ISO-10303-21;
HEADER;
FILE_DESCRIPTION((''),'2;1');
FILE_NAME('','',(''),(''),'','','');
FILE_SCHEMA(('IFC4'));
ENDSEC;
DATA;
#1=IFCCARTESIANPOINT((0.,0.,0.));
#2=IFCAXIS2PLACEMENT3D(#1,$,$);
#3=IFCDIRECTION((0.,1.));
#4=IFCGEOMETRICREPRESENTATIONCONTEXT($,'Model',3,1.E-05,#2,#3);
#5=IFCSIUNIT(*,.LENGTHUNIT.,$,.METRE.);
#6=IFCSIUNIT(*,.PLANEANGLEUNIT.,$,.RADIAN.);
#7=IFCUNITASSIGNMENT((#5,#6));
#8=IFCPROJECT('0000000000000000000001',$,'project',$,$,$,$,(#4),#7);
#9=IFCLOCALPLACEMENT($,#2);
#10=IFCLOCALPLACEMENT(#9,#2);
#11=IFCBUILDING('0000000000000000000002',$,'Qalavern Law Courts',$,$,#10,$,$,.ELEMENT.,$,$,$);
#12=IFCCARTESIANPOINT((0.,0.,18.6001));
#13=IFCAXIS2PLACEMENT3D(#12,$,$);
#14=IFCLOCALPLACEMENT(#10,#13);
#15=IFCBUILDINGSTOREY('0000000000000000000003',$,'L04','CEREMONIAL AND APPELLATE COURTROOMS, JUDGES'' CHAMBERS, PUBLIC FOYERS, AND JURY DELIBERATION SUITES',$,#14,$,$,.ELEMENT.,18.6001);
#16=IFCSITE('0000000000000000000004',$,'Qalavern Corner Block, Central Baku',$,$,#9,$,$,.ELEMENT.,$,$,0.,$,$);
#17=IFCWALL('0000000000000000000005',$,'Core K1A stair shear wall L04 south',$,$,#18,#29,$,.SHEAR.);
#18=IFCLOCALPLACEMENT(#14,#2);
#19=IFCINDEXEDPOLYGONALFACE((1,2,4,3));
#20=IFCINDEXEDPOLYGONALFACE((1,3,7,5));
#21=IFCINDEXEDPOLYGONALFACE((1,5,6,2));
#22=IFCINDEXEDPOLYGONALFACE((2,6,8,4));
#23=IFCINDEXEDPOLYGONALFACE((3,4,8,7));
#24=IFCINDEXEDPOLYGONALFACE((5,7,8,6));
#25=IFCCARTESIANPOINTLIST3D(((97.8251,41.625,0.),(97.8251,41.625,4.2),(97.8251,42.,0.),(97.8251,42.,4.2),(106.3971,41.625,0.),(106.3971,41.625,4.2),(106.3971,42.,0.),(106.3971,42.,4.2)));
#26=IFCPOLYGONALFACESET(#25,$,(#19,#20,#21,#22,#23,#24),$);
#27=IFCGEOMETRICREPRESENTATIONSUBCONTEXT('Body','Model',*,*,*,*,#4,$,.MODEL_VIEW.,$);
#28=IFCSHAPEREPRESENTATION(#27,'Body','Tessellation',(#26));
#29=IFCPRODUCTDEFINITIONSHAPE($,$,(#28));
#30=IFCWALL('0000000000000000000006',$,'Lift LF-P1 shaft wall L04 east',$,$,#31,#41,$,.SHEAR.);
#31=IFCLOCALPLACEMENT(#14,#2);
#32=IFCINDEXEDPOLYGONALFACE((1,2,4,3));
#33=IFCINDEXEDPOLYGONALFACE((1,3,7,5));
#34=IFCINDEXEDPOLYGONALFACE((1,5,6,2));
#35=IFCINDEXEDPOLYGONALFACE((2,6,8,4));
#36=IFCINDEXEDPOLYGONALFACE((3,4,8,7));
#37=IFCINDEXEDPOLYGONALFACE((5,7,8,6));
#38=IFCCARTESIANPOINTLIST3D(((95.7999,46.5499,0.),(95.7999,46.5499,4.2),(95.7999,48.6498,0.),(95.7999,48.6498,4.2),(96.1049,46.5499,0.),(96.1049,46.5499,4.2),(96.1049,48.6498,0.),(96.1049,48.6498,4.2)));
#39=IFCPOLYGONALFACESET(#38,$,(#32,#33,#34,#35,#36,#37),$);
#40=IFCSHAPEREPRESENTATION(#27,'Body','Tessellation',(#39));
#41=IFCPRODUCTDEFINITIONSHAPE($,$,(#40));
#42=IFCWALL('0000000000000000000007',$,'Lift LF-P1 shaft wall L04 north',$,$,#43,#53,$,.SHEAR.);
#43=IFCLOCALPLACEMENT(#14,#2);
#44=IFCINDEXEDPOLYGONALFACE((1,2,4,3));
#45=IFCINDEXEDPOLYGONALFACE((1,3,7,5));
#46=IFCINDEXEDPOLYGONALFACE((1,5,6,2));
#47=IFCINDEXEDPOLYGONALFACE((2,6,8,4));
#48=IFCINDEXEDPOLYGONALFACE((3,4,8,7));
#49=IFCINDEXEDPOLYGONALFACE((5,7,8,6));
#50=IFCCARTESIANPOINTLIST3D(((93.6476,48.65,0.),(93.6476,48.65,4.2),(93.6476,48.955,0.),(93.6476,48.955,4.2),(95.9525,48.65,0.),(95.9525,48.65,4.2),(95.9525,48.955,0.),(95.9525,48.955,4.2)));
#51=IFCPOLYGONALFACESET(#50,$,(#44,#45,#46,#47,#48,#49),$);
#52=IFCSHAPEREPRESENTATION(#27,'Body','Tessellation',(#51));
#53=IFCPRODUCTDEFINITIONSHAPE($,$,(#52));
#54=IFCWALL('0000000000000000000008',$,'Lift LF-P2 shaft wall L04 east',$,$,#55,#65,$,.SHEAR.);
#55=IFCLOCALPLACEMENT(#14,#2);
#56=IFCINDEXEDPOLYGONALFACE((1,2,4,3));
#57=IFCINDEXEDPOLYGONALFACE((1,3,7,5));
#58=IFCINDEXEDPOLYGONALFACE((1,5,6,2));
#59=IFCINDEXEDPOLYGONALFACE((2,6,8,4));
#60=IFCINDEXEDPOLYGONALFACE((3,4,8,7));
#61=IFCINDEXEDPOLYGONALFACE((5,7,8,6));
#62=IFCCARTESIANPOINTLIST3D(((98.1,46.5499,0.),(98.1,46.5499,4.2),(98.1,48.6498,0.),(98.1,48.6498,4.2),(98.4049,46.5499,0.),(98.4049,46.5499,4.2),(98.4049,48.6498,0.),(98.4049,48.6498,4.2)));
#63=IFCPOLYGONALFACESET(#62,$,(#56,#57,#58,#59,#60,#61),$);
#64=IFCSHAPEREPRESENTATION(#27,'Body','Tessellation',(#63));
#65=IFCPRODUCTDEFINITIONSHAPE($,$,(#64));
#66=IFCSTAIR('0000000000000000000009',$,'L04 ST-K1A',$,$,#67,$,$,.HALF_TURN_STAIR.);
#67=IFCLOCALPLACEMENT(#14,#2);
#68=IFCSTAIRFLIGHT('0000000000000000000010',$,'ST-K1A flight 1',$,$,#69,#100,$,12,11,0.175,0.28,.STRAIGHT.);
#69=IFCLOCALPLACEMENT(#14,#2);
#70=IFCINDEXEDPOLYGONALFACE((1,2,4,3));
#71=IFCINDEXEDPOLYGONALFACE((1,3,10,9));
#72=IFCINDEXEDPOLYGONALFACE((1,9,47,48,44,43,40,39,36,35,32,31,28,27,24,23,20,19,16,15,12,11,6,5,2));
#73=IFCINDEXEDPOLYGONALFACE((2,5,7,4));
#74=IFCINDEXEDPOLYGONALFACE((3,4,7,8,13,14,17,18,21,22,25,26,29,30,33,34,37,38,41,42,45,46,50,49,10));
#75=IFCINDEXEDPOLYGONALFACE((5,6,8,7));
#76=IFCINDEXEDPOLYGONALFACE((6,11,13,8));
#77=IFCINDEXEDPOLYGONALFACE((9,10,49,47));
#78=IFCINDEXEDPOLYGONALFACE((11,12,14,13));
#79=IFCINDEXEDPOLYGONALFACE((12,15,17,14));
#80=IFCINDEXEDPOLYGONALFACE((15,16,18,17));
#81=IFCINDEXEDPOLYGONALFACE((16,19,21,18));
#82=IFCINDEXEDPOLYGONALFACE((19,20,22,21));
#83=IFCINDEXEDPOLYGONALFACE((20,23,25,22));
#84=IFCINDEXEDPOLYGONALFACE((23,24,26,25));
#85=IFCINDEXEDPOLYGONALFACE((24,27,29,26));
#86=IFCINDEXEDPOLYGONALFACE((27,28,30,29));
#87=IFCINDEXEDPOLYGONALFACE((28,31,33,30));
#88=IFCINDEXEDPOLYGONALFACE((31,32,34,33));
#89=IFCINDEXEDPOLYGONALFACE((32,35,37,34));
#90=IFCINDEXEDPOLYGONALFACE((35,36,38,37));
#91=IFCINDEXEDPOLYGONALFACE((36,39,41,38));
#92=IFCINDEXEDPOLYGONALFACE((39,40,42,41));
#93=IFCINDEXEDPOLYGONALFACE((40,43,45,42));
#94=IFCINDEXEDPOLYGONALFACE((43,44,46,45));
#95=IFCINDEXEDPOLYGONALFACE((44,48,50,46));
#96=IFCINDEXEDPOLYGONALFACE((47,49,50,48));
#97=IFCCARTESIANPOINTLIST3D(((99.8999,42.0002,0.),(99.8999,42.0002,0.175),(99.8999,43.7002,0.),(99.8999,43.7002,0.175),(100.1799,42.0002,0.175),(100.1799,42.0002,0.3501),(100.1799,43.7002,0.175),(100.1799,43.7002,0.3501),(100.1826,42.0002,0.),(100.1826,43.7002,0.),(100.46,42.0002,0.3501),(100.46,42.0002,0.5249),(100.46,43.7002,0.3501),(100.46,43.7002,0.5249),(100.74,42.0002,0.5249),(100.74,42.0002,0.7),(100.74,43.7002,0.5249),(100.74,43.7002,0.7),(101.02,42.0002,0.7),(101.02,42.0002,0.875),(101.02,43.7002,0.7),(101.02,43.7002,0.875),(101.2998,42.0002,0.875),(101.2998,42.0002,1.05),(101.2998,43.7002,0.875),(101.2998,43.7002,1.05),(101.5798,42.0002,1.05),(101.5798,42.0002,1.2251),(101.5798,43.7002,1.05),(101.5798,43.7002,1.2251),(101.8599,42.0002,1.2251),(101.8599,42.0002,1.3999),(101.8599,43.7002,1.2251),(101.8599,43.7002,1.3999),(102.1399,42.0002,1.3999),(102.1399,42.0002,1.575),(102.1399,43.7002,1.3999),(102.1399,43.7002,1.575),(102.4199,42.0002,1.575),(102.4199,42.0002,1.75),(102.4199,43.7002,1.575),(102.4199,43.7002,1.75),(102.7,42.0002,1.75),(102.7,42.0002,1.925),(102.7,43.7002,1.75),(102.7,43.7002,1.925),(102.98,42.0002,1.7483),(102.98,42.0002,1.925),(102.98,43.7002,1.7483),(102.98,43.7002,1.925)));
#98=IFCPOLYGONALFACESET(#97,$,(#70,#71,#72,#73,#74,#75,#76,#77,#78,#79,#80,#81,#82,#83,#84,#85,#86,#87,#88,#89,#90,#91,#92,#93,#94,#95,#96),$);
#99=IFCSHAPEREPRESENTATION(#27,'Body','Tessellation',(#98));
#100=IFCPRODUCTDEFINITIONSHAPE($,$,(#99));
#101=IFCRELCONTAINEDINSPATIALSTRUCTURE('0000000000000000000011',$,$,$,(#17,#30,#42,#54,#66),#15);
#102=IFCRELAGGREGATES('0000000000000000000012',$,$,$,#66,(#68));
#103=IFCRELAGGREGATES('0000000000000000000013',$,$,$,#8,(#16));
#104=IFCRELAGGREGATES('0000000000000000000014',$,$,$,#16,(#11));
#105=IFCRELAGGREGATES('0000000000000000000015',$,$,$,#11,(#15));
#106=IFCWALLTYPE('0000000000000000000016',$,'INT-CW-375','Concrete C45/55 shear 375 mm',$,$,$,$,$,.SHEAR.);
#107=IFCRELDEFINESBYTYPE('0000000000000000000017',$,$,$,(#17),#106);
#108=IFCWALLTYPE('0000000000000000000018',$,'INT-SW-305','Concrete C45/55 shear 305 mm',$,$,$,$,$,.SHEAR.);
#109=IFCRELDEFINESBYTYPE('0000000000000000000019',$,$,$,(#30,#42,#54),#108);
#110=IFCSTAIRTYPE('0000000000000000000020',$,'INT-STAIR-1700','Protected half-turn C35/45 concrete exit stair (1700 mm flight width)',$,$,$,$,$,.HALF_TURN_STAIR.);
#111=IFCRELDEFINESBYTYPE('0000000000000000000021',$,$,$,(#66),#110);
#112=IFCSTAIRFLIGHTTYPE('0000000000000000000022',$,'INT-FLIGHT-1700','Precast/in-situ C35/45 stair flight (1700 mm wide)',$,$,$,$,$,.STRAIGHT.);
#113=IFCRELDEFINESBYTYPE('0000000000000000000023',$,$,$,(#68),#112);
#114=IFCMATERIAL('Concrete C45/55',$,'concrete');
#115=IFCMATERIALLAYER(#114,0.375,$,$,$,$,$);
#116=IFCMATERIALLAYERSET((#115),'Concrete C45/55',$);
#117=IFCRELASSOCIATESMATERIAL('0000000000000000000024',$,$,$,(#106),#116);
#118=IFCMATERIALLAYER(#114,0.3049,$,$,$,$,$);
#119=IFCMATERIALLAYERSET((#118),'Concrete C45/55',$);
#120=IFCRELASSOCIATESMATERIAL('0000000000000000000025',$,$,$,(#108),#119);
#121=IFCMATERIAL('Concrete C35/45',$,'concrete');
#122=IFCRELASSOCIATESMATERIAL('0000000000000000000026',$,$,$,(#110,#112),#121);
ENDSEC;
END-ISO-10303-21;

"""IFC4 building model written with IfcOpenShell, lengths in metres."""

from ifc_helpers import new_model, si_unit, direction, frame, frame_2d, origin, place, context, subcontext, project, spatial, polyline, rectangle, outline, extrude, material, layer, layer_set, type_object, element, aggregate, save


model = new_model("IFC4")

# Units and contexts
model_context = context("Model", 3, precision=1e-05, world=origin(), true_north=direction((0.0, 1.0)))
body_context = subcontext(model_context, "Body", "Model", "MODEL_VIEW")
ifc_project = project(units=[si_unit("LENGTHUNIT", "METRE"), si_unit("PLANEANGLEUNIT", "RADIAN")], contexts=[model_context])

# Site, building, storey
site_placement = place(None, origin())
site = spatial("IfcSite", under=ifc_project, at=site_placement, Name="Qalavern Corner Block, Central Baku", CompositionType="ELEMENT", RefElevation=0.0)
building_placement = place(site_placement, origin())
building = spatial("IfcBuilding", under=site, at=building_placement, Name="Qalavern Law Courts", CompositionType="ELEMENT")
storey_placement = place(building_placement, frame((0.0, 0.0, 18.6001)))
storey = spatial("IfcBuildingStorey", under=building, at=storey_placement, Name="L04", Description="CEREMONIAL AND APPELLATE COURTROOMS, JUDGES' CHAMBERS, PUBLIC FOYERS, AND JURY DELIBERATION SUITES", CompositionType="ELEMENT", Elevation=18.6001)

# Wall
ifc_material_1 = material(Name="Concrete C45/55", Category="concrete")
ifc_layer_1 = layer(ifc_material_1, 0.375)
ifc_layer_set_1 = layer_set([ifc_layer_1], Name="Concrete C45/55")
wall_type_1 = type_object("IfcWallType", Name="INT-CW-375", Description="Concrete C45/55 shear 375 mm", PredefinedType="SHEAR", material=ifc_layer_set_1)
wall_1_placement = place(storey_placement, frame((97.825, 41.8125, 0.0), z_axis=(0.0, 0.0, 1.0), x_axis=(1.0, 0.0, 0.0)))
element("IfcWall", 1, at=wall_1_placement, inside=storey, type_object=wall_type_1, Name="Core K1A stair shear wall L04 south", PredefinedType="SHEAR", context=body_context, shape_type="SweptSolid", body=[
    extrude(rectangle(XDim=8.572, YDim=0.375, at=frame_2d((4.2861, 0.0))), origin(), (0.0, 0.0, 1.0), 4.2),
])

# Walls
ifc_layer_2 = layer(ifc_material_1, 0.3049)
ifc_layer_set_2 = layer_set([ifc_layer_2], Name="Concrete C45/55")
wall_type_2 = type_object("IfcWallType", Name="INT-SW-305", Description="Concrete C45/55 shear 305 mm", PredefinedType="SHEAR", material=ifc_layer_set_2)
wall_2_placement = place(storey_placement, frame((95.9524, 46.55, 0.0), z_axis=(0.0, 0.0, 1.0), x_axis=(0.0, 1.0, 0.0)))
element("IfcWall", 2, at=wall_2_placement, inside=storey, type_object=wall_type_2, Name="Lift LF-P1 shaft wall L04 east", PredefinedType="SHEAR", context=body_context, shape_type="SweptSolid", body=[
    extrude(rectangle(XDim=2.0999, YDim=0.3049, at=frame_2d((1.0498, 0.0))), origin(), (0.0, 0.0, 1.0), 4.2),
])
wall_3_placement = place(storey_placement, frame((95.9524, 48.8025, 0.0), z_axis=(0.0, 0.0, 1.0), x_axis=(-1.0, 0.0, 0.0)))
element("IfcWall", 3, at=wall_3_placement, inside=storey, type_object=wall_type_2, Name="Lift LF-P1 shaft wall L04 north", PredefinedType="SHEAR", context=body_context, shape_type="SweptSolid", body=[
    extrude(rectangle(XDim=2.3049, YDim=0.3049, at=frame_2d((1.1523, 0.0))), origin(), (0.0, 0.0, 1.0), 4.2),
])

# Wall
wall_4_placement = place(storey_placement, frame((98.2524, 46.55, 0.0), z_axis=(0.0, 0.0, 1.0), x_axis=(0.0, 1.0, 0.0)))
element("IfcWall", 4, at=wall_4_placement, inside=storey, type_object=wall_type_2, Name="Lift LF-P2 shaft wall L04 east", PredefinedType="SHEAR", context=body_context, shape_type="SweptSolid", body=[
    extrude(rectangle(XDim=2.0999, YDim=0.3049, at=frame_2d((1.0498, 0.0))), origin(), (0.0, 0.0, 1.0), 4.2),
])

# Stair, stair flight
ifc_material_2 = material(Name="Concrete C35/45", Category="concrete")
stair_type = type_object("IfcStairType", Name="INT-STAIR-1700", Description="Protected half-turn C35/45 concrete exit stair (1700 mm flight width)", PredefinedType="HALF_TURN_STAIR", material=ifc_material_2)
stair_placement = place(storey_placement, origin())
stair = element("IfcStair", 5, at=stair_placement, inside=storey, type_object=stair_type, Name="L04 ST-K1A", PredefinedType="HALF_TURN_STAIR")
stair_flight_type = type_object("IfcStairFlightType", Name="INT-FLIGHT-1700", Description="Precast/in-situ C35/45 stair flight (1700 mm wide)", PredefinedType="STRAIGHT", material=ifc_material_2)
stair_flight_placement = place(storey_placement, frame((99.8999, 42.8501, 0.0), z_axis=(0.0, 0.0, 1.0), x_axis=(1.0, 0.0, 0.0)))
stair_flight = element("IfcStairFlight", 6, at=stair_flight_placement, type_object=stair_flight_type, Name="ST-K1A flight 1", NumberOfRisers=12, NumberOfTreads=11, PredefinedType="STRAIGHT", RiserHeight=0.175, TreadLength=0.28, context=body_context, shape_type="SweptSolid", body=[
    extrude(outline(polyline([(0.0, 0.0), (0.0, 0.175), (0.28, 0.175), (0.28, 0.3501), (0.5601, 0.3501), (0.5601, 0.5249), (0.8401, 0.5249), (0.8401, 0.7), (1.1201, 0.7), (1.1201, 0.875), (1.3999, 0.875), (1.3999, 1.05), (1.6799, 1.05), (1.6799, 1.2251), (1.96, 1.2251), (1.96, 1.3999), (2.24, 1.3999), (2.24, 1.575), (2.52, 1.575), (2.52, 1.75), (2.8, 1.75), (2.8, 1.925), (3.0801, 1.925), (3.0801, 2.1001), (3.0801, 1.7483), (0.2827, 0.0), (0.0, 0.0)])), frame((0.0, 0.8501, 0.0), z_axis=(0.0, -1.0, 0.0), x_axis=(1.0, 0.0, 0.0)), (0.0, 0.0, 1.0), 1.7),
])
aggregate(stair, [stair_flight])

save(model, "model.ifc")
